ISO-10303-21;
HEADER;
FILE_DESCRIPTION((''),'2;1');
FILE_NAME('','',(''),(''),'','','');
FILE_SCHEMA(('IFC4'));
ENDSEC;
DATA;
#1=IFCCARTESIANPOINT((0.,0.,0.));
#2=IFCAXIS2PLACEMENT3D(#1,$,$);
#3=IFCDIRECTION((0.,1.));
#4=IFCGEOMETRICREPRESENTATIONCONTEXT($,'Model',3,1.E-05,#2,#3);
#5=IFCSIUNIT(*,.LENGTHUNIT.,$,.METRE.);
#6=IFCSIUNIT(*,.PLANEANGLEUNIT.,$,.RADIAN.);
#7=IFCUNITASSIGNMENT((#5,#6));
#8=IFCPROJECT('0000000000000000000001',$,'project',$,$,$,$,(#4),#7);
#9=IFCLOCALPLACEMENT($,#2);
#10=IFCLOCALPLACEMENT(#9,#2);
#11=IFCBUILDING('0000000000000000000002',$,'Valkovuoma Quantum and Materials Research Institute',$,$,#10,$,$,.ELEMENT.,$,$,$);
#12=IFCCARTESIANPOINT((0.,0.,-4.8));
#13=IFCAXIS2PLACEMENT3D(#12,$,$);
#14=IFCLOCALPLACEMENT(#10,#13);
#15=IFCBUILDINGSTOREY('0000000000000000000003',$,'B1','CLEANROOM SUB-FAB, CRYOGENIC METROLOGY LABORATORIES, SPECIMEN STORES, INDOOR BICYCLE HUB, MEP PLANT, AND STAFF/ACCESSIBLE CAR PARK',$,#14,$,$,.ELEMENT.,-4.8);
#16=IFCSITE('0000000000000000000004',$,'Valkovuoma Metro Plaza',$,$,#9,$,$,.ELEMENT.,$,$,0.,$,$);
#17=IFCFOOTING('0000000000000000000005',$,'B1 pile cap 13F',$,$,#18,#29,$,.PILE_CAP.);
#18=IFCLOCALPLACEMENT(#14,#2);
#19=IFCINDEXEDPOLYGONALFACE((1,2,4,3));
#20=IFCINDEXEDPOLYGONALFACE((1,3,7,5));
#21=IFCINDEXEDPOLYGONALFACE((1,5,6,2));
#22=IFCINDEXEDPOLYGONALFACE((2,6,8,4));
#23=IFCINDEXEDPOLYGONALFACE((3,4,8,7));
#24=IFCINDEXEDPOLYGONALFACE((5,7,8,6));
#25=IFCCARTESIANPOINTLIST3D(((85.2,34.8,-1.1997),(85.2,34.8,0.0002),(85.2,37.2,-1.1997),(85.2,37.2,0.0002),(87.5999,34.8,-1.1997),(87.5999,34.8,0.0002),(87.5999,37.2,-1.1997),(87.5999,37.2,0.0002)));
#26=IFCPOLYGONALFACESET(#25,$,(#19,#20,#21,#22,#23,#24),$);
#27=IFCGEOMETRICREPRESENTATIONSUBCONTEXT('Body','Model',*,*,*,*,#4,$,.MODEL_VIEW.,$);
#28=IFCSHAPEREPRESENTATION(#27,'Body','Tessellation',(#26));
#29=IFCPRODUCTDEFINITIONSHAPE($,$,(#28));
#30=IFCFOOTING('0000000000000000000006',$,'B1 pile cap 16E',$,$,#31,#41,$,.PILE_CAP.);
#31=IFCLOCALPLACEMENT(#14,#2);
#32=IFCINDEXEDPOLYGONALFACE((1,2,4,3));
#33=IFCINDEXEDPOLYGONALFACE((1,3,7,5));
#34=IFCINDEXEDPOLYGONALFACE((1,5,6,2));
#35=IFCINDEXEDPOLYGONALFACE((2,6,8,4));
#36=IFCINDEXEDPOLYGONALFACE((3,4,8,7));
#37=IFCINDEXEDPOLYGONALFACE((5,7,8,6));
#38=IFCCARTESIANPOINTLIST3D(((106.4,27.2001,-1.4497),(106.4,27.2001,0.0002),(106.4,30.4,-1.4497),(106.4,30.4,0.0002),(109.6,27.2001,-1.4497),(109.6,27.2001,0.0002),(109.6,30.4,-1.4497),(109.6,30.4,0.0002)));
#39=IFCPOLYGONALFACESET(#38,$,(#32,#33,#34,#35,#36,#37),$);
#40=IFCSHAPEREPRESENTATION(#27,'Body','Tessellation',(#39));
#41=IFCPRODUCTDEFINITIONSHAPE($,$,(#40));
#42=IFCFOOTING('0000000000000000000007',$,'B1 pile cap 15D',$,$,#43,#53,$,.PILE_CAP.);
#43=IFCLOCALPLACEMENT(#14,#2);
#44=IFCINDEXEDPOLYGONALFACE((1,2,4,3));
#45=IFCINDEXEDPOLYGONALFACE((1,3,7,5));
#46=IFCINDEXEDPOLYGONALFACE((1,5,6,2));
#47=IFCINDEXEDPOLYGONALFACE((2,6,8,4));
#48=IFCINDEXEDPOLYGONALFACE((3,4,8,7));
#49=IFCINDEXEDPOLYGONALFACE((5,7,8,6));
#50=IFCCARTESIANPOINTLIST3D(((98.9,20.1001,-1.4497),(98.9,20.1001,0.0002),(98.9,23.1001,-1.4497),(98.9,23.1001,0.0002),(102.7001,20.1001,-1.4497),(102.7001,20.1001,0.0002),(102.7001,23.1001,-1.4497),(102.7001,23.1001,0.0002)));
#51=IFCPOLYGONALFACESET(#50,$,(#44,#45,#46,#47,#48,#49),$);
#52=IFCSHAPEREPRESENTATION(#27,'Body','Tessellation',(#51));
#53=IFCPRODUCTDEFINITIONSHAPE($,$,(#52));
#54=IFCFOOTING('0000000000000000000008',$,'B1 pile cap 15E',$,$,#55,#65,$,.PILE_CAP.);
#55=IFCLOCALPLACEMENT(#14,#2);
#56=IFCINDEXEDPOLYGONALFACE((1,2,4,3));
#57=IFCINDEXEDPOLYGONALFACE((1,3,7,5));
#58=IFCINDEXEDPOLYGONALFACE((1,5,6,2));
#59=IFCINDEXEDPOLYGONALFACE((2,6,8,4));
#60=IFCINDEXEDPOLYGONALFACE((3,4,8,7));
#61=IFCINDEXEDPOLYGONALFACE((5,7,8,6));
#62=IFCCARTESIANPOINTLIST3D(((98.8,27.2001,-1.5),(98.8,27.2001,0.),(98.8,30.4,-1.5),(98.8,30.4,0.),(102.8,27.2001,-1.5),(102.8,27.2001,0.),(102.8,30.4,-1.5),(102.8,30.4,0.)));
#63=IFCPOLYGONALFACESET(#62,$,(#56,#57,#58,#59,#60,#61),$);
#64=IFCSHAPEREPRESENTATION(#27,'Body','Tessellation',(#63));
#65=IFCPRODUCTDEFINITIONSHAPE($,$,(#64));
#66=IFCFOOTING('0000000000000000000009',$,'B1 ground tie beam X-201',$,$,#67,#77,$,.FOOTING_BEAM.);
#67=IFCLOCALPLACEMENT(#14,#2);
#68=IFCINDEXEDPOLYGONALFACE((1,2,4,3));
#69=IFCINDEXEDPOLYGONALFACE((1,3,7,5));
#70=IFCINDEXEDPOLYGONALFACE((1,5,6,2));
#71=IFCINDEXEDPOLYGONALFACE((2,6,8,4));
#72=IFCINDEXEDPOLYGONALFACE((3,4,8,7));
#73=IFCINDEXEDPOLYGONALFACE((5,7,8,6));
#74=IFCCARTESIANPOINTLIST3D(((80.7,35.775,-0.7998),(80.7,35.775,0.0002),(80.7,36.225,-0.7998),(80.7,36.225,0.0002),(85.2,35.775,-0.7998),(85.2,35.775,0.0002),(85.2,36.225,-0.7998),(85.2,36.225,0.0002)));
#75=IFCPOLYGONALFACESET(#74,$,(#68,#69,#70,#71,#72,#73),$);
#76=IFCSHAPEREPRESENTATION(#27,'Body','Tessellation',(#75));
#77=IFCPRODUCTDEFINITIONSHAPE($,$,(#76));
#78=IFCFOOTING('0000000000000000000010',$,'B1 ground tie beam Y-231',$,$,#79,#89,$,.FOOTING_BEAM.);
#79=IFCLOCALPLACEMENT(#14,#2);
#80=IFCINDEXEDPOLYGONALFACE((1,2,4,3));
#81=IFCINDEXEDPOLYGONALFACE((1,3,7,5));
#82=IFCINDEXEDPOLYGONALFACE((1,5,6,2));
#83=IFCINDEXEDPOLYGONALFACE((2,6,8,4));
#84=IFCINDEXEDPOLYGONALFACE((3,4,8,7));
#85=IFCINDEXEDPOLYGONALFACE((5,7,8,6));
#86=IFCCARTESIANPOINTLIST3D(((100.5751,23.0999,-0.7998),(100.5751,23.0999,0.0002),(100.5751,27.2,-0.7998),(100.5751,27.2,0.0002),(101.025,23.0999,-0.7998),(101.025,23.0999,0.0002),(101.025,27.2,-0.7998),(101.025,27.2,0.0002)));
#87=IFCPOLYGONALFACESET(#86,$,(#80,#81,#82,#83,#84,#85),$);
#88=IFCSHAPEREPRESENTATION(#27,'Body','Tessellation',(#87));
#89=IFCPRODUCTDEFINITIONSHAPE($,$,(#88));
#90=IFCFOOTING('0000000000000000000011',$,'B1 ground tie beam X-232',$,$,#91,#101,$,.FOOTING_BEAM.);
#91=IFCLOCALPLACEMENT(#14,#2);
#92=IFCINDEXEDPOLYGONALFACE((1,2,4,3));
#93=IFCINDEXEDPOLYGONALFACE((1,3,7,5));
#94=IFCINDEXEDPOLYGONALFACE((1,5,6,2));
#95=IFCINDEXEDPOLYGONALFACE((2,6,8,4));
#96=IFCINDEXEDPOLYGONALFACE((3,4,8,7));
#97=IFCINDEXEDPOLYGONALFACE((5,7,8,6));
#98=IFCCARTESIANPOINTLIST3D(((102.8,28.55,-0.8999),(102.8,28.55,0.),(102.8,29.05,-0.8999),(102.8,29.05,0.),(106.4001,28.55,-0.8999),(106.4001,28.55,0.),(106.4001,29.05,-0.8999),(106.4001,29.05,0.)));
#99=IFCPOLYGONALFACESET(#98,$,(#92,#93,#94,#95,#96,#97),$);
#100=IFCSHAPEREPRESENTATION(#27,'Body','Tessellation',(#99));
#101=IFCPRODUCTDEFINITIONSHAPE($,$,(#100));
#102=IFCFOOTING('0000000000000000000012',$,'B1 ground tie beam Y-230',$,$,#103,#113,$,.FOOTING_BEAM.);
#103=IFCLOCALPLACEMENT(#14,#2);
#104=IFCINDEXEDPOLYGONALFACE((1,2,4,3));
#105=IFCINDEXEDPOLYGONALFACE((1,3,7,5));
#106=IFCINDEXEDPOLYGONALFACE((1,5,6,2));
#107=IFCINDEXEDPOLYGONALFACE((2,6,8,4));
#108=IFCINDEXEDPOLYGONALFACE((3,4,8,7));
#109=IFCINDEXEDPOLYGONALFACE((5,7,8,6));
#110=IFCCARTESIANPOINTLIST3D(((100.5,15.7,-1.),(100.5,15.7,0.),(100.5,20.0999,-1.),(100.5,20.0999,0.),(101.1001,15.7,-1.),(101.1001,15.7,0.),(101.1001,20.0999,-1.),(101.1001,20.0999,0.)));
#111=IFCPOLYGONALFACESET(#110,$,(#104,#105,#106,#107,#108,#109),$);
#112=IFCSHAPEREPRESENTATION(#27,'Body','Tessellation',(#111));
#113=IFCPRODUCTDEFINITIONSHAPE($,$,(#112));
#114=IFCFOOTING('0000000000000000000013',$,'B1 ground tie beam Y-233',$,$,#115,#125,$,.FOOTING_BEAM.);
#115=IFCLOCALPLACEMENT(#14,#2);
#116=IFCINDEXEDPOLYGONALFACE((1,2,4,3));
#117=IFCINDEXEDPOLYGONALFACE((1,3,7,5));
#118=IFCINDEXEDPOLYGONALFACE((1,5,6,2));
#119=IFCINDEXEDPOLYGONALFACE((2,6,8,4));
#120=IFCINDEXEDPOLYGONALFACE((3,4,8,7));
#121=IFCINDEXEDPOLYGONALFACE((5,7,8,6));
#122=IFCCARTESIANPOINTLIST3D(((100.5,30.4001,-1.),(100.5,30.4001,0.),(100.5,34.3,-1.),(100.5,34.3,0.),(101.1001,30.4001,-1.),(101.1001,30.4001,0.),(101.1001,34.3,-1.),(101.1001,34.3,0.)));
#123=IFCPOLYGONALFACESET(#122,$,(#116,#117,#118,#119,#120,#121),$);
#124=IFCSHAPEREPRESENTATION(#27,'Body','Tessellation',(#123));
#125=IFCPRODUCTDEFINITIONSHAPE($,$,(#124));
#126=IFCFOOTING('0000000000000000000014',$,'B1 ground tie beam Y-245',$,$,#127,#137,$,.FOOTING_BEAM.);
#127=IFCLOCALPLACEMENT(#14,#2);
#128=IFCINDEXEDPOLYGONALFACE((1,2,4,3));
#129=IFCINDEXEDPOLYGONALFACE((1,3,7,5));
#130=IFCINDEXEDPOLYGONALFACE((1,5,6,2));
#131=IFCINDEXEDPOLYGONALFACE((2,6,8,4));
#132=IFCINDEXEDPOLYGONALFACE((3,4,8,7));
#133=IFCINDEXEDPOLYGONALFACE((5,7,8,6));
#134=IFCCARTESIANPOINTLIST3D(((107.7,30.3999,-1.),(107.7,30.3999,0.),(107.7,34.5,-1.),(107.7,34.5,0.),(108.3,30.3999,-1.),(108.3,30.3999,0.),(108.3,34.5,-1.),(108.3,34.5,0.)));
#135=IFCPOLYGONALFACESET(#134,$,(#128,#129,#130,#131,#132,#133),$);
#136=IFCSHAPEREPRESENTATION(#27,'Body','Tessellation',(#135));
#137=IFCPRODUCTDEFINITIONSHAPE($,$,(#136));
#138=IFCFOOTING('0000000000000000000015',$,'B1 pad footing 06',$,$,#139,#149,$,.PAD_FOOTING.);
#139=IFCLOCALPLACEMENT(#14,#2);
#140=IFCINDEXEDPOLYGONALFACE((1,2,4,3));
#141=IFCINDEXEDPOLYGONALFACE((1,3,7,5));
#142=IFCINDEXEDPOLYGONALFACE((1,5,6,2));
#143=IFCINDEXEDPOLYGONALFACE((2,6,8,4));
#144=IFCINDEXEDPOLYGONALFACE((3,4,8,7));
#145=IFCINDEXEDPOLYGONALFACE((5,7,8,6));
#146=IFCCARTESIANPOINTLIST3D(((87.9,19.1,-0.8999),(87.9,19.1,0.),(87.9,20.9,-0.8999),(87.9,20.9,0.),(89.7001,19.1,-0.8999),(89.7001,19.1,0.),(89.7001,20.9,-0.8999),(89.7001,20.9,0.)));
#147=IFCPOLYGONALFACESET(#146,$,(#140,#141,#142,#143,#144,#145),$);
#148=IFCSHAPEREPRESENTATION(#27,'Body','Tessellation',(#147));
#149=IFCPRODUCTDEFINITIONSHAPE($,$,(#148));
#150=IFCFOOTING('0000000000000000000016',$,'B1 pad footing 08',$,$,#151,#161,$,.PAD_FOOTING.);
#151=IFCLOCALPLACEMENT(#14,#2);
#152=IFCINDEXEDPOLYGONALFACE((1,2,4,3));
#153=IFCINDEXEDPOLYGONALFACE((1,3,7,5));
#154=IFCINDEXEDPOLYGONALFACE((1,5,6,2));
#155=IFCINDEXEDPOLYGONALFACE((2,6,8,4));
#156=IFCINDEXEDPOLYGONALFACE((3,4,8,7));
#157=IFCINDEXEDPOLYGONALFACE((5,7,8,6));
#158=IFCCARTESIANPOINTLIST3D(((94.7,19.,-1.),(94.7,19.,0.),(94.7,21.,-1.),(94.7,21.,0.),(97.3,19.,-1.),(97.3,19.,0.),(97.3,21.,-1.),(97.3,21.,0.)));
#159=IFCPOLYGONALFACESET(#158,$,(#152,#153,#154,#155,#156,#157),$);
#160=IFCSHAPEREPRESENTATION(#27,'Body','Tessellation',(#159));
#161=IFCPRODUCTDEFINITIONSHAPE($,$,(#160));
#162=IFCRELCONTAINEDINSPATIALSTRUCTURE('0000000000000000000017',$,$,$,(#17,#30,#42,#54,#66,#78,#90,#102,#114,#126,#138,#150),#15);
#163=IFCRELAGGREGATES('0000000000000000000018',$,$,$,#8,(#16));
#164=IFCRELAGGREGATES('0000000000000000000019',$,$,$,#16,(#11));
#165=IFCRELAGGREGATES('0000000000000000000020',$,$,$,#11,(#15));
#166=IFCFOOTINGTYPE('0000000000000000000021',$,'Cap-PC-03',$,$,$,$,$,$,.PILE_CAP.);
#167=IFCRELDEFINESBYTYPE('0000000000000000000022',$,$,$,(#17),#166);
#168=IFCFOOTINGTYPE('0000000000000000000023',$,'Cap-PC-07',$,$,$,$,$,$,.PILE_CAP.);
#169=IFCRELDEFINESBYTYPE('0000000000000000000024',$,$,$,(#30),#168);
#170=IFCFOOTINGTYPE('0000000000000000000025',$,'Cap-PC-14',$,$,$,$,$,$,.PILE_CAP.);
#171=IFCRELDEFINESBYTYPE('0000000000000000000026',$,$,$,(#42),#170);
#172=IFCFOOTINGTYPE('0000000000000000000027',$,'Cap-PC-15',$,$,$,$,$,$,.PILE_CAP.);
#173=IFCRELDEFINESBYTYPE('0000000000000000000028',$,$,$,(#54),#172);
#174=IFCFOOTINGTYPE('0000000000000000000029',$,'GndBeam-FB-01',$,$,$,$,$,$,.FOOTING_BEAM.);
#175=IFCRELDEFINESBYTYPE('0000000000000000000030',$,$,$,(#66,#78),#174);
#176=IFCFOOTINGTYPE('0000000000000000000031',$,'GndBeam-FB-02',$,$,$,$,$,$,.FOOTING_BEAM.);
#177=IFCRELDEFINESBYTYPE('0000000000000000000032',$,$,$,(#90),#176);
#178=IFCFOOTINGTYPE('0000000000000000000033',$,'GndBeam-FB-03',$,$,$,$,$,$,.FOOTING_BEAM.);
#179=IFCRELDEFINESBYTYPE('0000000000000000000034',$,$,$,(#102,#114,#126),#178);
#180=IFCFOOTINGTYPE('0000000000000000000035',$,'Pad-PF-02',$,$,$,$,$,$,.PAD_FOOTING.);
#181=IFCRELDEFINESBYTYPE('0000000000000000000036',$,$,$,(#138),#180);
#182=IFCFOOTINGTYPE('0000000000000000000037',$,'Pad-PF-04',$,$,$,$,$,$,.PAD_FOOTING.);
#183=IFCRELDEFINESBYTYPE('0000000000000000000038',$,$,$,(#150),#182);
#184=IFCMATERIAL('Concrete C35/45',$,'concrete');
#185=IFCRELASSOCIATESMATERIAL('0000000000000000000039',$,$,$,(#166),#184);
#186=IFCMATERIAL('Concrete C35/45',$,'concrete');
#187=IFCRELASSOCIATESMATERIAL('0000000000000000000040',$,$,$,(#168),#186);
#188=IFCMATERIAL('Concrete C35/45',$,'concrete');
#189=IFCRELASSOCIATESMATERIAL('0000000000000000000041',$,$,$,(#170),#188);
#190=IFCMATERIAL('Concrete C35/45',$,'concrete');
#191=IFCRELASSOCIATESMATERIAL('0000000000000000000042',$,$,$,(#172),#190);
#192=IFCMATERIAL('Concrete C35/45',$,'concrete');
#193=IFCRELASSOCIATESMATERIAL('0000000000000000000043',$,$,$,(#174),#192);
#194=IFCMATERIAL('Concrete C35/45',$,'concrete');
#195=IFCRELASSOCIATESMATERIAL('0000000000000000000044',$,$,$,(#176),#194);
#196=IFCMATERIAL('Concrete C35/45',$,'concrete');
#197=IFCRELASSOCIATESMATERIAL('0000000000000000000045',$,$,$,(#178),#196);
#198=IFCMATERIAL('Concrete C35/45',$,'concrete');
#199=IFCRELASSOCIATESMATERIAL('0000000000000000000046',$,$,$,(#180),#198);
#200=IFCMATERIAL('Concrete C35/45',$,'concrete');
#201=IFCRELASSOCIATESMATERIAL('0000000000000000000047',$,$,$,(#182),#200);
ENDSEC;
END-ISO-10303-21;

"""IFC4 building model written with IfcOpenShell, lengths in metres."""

from ifc_helpers import new_model, si_unit, direction, frame, origin, origin_2d, place, context, subcontext, project, spatial, rectangle, extrude, material, type_object, element, save


model = new_model("IFC4")

# Units and contexts
model_context = context("Model", 3, precision=1e-05, world=origin(), true_north=direction((0.0, 1.0)))
body_context = subcontext(model_context, "Body", "Model", "MODEL_VIEW")
ifc_project = project(units=[si_unit("LENGTHUNIT", "METRE"), si_unit("PLANEANGLEUNIT", "RADIAN")], contexts=[model_context])

# Site, building, storey
site_placement = place(None, origin())
site = spatial("IfcSite", under=ifc_project, at=site_placement, Name="Valkovuoma Metro Plaza", CompositionType="ELEMENT", RefElevation=0.0)
building_placement = place(site_placement, origin())
building = spatial("IfcBuilding", under=site, at=building_placement, Name="Valkovuoma Quantum and Materials Research Institute", CompositionType="ELEMENT")
storey_placement = place(building_placement, frame((0.0, 0.0, -4.8)))
storey = spatial("IfcBuildingStorey", under=building, at=storey_placement, Name="B1", Description="CLEANROOM SUB-FAB, CRYOGENIC METROLOGY LABORATORIES, SPECIMEN STORES, INDOOR BICYCLE HUB, MEP PLANT, AND STAFF/ACCESSIBLE CAR PARK", CompositionType="ELEMENT", Elevation=-4.8)

# Footings
ifc_material_1 = material(Name="Concrete C35/45", Category="concrete")
footing_type_1 = type_object("IfcFootingType", Name="Cap-PC-03", PredefinedType="PILE_CAP", material=ifc_material_1)
footing_1_placement = place(storey_placement, frame((86.3999, 36.0, -1.1997), z_axis=(0.0, 0.0, 1.0), x_axis=(1.0, 0.0, 0.0)))
element("IfcFooting", 1, at=footing_1_placement, inside=storey, type_object=footing_type_1, Name="B1 pile cap 13F", PredefinedType="PILE_CAP", context=body_context, shape_type="SweptSolid", body=[
    extrude(rectangle(XDim=2.3999, YDim=2.3999, at=origin_2d()), origin(), (0.0, 0.0, 1.0), 1.2),
])
ifc_material_2 = material(Name="Concrete C35/45", Category="concrete")
footing_type_2 = type_object("IfcFootingType", Name="Cap-PC-07", PredefinedType="PILE_CAP", material=ifc_material_2)
footing_2_placement = place(storey_placement, frame((108.0, 28.8, -1.4497), z_axis=(0.0, 0.0, 1.0), x_axis=(1.0, 0.0, 0.0)))
element("IfcFooting", 2, at=footing_2_placement, inside=storey, type_object=footing_type_2, Name="B1 pile cap 16E", PredefinedType="PILE_CAP", context=body_context, shape_type="SweptSolid", body=[
    extrude(rectangle(XDim=3.2, YDim=3.2, at=origin_2d()), origin(), (0.0, 0.0, 1.0), 1.45),
])
ifc_material_3 = material(Name="Concrete C35/45", Category="concrete")
footing_type_3 = type_object("IfcFootingType", Name="Cap-PC-14", PredefinedType="PILE_CAP", material=ifc_material_3)
footing_3_placement = place(storey_placement, frame((100.8, 21.6001, -1.4497), z_axis=(0.0, 0.0, 1.0), x_axis=(1.0, 0.0, 0.0)))
element("IfcFooting", 3, at=footing_3_placement, inside=storey, type_object=footing_type_3, Name="B1 pile cap 15D", PredefinedType="PILE_CAP", context=body_context, shape_type="SweptSolid", body=[
    extrude(rectangle(XDim=3.8, YDim=3.0, at=origin_2d()), origin(), (0.0, 0.0, 1.0), 1.45),
])
ifc_material_4 = material(Name="Concrete C35/45", Category="concrete")
footing_type_4 = type_object("IfcFootingType", Name="Cap-PC-15", PredefinedType="PILE_CAP", material=ifc_material_4)
footing_4_placement = place(storey_placement, frame((100.8, 28.8, -1.5), z_axis=(0.0, 0.0, 1.0), x_axis=(1.0, 0.0, 0.0)))
element("IfcFooting", 4, at=footing_4_placement, inside=storey, type_object=footing_type_4, Name="B1 pile cap 15E", PredefinedType="PILE_CAP", context=body_context, shape_type="SweptSolid", body=[
    extrude(rectangle(XDim=4.0, YDim=3.2, at=origin_2d()), origin(), (0.0, 0.0, 1.0), 1.5),
])
ifc_material_5 = material(Name="Concrete C35/45", Category="concrete")
footing_type_5 = type_object("IfcFootingType", Name="GndBeam-FB-01", PredefinedType="FOOTING_BEAM", material=ifc_material_5)
footing_5_placement = place(storey_placement, frame((82.95, 36.0, -0.7998), z_axis=(0.0, 0.0, 1.0), x_axis=(1.0, 0.0, 0.0)))
element("IfcFooting", 5, at=footing_5_placement, inside=storey, type_object=footing_type_5, Name="B1 ground tie beam X-201", PredefinedType="FOOTING_BEAM", context=body_context, shape_type="SweptSolid", body=[
    extrude(rectangle(XDim=4.5, YDim=0.45, at=origin_2d()), origin(), (0.0, 0.0, 1.0), 0.8),
])
footing_6_placement = place(storey_placement, frame((100.8, 25.1499, -0.7998), z_axis=(0.0, 0.0, 1.0), x_axis=(0.0, 1.0, 0.0)))
element("IfcFooting", 6, at=footing_6_placement, inside=storey, type_object=footing_type_5, Name="B1 ground tie beam Y-231", PredefinedType="FOOTING_BEAM", context=body_context, shape_type="SweptSolid", body=[
    extrude(rectangle(XDim=4.1001, YDim=0.45, at=origin_2d()), origin(), (0.0, 0.0, 1.0), 0.8),
])
ifc_material_6 = material(Name="Concrete C35/45", Category="concrete")
footing_type_6 = type_object("IfcFootingType", Name="GndBeam-FB-02", PredefinedType="FOOTING_BEAM", material=ifc_material_6)
footing_7_placement = place(storey_placement, frame((104.6001, 28.8, -0.8999), z_axis=(0.0, 0.0, 1.0), x_axis=(1.0, 0.0, 0.0)))
element("IfcFooting", 7, at=footing_7_placement, inside=storey, type_object=footing_type_6, Name="B1 ground tie beam X-232", PredefinedType="FOOTING_BEAM", context=body_context, shape_type="SweptSolid", body=[
    extrude(rectangle(XDim=3.6001, YDim=0.5, at=origin_2d()), origin(), (0.0, 0.0, 1.0), 0.8999),
])
ifc_material_7 = material(Name="Concrete C35/45", Category="concrete")
footing_type_7 = type_object("IfcFootingType", Name="GndBeam-FB-03", PredefinedType="FOOTING_BEAM", material=ifc_material_7)
footing_8_placement = place(storey_placement, frame((100.8, 17.8999, -1.0), z_axis=(0.0, 0.0, 1.0), x_axis=(0.0, 1.0, 0.0)))
element("IfcFooting", 8, at=footing_8_placement, inside=storey, type_object=footing_type_7, Name="B1 ground tie beam Y-230", PredefinedType="FOOTING_BEAM", context=body_context, shape_type="SweptSolid", body=[
    extrude(rectangle(XDim=4.3999, YDim=0.6001, at=origin_2d()), origin(), (0.0, 0.0, 1.0), 1.0),
])
footing_9_placement = place(storey_placement, frame((100.8, 32.3501, -1.0), z_axis=(0.0, 0.0, 1.0), x_axis=(0.0, 1.0, 0.0)))
element("IfcFooting", 9, at=footing_9_placement, inside=storey, type_object=footing_type_7, Name="B1 ground tie beam Y-233", PredefinedType="FOOTING_BEAM", context=body_context, shape_type="SweptSolid", body=[
    extrude(rectangle(XDim=3.8999, YDim=0.6001, at=origin_2d()), origin(), (0.0, 0.0, 1.0), 1.0),
])
footing_10_placement = place(storey_placement, frame((108.0, 32.45, -1.0), z_axis=(0.0, 0.0, 1.0), x_axis=(0.0, 1.0, 0.0)))
element("IfcFooting", 10, at=footing_10_placement, inside=storey, type_object=footing_type_7, Name="B1 ground tie beam Y-245", PredefinedType="FOOTING_BEAM", context=body_context, shape_type="SweptSolid", body=[
    extrude(rectangle(XDim=4.1001, YDim=0.6001, at=origin_2d()), origin(), (0.0, 0.0, 1.0), 1.0),
])
ifc_material_8 = material(Name="Concrete C35/45", Category="concrete")
footing_type_8 = type_object("IfcFootingType", Name="Pad-PF-02", PredefinedType="PAD_FOOTING", material=ifc_material_8)
footing_11_placement = place(storey_placement, frame((88.8, 20.0, -0.8999), z_axis=(0.0, 0.0, 1.0), x_axis=(1.0, 0.0, 0.0)))
element("IfcFooting", 11, at=footing_11_placement, inside=storey, type_object=footing_type_8, Name="B1 pad footing 06", PredefinedType="PAD_FOOTING", context=body_context, shape_type="SweptSolid", body=[
    extrude(rectangle(XDim=1.8, YDim=1.8, at=origin_2d()), origin(), (0.0, 0.0, 1.0), 0.8999),
])
ifc_material_9 = material(Name="Concrete C35/45", Category="concrete")
footing_type_9 = type_object("IfcFootingType", Name="Pad-PF-04", PredefinedType="PAD_FOOTING", material=ifc_material_9)
footing_12_placement = place(storey_placement, frame((96.0, 20.0, -1.0), z_axis=(0.0, 0.0, 1.0), x_axis=(1.0, 0.0, 0.0)))
element("IfcFooting", 12, at=footing_12_placement, inside=storey, type_object=footing_type_9, Name="B1 pad footing 08", PredefinedType="PAD_FOOTING", context=body_context, shape_type="SweptSolid", body=[
    extrude(rectangle(XDim=2.6001, YDim=2.0, at=origin_2d()), origin(), (0.0, 0.0, 1.0), 1.0),
])

save(model, "model.ifc")
